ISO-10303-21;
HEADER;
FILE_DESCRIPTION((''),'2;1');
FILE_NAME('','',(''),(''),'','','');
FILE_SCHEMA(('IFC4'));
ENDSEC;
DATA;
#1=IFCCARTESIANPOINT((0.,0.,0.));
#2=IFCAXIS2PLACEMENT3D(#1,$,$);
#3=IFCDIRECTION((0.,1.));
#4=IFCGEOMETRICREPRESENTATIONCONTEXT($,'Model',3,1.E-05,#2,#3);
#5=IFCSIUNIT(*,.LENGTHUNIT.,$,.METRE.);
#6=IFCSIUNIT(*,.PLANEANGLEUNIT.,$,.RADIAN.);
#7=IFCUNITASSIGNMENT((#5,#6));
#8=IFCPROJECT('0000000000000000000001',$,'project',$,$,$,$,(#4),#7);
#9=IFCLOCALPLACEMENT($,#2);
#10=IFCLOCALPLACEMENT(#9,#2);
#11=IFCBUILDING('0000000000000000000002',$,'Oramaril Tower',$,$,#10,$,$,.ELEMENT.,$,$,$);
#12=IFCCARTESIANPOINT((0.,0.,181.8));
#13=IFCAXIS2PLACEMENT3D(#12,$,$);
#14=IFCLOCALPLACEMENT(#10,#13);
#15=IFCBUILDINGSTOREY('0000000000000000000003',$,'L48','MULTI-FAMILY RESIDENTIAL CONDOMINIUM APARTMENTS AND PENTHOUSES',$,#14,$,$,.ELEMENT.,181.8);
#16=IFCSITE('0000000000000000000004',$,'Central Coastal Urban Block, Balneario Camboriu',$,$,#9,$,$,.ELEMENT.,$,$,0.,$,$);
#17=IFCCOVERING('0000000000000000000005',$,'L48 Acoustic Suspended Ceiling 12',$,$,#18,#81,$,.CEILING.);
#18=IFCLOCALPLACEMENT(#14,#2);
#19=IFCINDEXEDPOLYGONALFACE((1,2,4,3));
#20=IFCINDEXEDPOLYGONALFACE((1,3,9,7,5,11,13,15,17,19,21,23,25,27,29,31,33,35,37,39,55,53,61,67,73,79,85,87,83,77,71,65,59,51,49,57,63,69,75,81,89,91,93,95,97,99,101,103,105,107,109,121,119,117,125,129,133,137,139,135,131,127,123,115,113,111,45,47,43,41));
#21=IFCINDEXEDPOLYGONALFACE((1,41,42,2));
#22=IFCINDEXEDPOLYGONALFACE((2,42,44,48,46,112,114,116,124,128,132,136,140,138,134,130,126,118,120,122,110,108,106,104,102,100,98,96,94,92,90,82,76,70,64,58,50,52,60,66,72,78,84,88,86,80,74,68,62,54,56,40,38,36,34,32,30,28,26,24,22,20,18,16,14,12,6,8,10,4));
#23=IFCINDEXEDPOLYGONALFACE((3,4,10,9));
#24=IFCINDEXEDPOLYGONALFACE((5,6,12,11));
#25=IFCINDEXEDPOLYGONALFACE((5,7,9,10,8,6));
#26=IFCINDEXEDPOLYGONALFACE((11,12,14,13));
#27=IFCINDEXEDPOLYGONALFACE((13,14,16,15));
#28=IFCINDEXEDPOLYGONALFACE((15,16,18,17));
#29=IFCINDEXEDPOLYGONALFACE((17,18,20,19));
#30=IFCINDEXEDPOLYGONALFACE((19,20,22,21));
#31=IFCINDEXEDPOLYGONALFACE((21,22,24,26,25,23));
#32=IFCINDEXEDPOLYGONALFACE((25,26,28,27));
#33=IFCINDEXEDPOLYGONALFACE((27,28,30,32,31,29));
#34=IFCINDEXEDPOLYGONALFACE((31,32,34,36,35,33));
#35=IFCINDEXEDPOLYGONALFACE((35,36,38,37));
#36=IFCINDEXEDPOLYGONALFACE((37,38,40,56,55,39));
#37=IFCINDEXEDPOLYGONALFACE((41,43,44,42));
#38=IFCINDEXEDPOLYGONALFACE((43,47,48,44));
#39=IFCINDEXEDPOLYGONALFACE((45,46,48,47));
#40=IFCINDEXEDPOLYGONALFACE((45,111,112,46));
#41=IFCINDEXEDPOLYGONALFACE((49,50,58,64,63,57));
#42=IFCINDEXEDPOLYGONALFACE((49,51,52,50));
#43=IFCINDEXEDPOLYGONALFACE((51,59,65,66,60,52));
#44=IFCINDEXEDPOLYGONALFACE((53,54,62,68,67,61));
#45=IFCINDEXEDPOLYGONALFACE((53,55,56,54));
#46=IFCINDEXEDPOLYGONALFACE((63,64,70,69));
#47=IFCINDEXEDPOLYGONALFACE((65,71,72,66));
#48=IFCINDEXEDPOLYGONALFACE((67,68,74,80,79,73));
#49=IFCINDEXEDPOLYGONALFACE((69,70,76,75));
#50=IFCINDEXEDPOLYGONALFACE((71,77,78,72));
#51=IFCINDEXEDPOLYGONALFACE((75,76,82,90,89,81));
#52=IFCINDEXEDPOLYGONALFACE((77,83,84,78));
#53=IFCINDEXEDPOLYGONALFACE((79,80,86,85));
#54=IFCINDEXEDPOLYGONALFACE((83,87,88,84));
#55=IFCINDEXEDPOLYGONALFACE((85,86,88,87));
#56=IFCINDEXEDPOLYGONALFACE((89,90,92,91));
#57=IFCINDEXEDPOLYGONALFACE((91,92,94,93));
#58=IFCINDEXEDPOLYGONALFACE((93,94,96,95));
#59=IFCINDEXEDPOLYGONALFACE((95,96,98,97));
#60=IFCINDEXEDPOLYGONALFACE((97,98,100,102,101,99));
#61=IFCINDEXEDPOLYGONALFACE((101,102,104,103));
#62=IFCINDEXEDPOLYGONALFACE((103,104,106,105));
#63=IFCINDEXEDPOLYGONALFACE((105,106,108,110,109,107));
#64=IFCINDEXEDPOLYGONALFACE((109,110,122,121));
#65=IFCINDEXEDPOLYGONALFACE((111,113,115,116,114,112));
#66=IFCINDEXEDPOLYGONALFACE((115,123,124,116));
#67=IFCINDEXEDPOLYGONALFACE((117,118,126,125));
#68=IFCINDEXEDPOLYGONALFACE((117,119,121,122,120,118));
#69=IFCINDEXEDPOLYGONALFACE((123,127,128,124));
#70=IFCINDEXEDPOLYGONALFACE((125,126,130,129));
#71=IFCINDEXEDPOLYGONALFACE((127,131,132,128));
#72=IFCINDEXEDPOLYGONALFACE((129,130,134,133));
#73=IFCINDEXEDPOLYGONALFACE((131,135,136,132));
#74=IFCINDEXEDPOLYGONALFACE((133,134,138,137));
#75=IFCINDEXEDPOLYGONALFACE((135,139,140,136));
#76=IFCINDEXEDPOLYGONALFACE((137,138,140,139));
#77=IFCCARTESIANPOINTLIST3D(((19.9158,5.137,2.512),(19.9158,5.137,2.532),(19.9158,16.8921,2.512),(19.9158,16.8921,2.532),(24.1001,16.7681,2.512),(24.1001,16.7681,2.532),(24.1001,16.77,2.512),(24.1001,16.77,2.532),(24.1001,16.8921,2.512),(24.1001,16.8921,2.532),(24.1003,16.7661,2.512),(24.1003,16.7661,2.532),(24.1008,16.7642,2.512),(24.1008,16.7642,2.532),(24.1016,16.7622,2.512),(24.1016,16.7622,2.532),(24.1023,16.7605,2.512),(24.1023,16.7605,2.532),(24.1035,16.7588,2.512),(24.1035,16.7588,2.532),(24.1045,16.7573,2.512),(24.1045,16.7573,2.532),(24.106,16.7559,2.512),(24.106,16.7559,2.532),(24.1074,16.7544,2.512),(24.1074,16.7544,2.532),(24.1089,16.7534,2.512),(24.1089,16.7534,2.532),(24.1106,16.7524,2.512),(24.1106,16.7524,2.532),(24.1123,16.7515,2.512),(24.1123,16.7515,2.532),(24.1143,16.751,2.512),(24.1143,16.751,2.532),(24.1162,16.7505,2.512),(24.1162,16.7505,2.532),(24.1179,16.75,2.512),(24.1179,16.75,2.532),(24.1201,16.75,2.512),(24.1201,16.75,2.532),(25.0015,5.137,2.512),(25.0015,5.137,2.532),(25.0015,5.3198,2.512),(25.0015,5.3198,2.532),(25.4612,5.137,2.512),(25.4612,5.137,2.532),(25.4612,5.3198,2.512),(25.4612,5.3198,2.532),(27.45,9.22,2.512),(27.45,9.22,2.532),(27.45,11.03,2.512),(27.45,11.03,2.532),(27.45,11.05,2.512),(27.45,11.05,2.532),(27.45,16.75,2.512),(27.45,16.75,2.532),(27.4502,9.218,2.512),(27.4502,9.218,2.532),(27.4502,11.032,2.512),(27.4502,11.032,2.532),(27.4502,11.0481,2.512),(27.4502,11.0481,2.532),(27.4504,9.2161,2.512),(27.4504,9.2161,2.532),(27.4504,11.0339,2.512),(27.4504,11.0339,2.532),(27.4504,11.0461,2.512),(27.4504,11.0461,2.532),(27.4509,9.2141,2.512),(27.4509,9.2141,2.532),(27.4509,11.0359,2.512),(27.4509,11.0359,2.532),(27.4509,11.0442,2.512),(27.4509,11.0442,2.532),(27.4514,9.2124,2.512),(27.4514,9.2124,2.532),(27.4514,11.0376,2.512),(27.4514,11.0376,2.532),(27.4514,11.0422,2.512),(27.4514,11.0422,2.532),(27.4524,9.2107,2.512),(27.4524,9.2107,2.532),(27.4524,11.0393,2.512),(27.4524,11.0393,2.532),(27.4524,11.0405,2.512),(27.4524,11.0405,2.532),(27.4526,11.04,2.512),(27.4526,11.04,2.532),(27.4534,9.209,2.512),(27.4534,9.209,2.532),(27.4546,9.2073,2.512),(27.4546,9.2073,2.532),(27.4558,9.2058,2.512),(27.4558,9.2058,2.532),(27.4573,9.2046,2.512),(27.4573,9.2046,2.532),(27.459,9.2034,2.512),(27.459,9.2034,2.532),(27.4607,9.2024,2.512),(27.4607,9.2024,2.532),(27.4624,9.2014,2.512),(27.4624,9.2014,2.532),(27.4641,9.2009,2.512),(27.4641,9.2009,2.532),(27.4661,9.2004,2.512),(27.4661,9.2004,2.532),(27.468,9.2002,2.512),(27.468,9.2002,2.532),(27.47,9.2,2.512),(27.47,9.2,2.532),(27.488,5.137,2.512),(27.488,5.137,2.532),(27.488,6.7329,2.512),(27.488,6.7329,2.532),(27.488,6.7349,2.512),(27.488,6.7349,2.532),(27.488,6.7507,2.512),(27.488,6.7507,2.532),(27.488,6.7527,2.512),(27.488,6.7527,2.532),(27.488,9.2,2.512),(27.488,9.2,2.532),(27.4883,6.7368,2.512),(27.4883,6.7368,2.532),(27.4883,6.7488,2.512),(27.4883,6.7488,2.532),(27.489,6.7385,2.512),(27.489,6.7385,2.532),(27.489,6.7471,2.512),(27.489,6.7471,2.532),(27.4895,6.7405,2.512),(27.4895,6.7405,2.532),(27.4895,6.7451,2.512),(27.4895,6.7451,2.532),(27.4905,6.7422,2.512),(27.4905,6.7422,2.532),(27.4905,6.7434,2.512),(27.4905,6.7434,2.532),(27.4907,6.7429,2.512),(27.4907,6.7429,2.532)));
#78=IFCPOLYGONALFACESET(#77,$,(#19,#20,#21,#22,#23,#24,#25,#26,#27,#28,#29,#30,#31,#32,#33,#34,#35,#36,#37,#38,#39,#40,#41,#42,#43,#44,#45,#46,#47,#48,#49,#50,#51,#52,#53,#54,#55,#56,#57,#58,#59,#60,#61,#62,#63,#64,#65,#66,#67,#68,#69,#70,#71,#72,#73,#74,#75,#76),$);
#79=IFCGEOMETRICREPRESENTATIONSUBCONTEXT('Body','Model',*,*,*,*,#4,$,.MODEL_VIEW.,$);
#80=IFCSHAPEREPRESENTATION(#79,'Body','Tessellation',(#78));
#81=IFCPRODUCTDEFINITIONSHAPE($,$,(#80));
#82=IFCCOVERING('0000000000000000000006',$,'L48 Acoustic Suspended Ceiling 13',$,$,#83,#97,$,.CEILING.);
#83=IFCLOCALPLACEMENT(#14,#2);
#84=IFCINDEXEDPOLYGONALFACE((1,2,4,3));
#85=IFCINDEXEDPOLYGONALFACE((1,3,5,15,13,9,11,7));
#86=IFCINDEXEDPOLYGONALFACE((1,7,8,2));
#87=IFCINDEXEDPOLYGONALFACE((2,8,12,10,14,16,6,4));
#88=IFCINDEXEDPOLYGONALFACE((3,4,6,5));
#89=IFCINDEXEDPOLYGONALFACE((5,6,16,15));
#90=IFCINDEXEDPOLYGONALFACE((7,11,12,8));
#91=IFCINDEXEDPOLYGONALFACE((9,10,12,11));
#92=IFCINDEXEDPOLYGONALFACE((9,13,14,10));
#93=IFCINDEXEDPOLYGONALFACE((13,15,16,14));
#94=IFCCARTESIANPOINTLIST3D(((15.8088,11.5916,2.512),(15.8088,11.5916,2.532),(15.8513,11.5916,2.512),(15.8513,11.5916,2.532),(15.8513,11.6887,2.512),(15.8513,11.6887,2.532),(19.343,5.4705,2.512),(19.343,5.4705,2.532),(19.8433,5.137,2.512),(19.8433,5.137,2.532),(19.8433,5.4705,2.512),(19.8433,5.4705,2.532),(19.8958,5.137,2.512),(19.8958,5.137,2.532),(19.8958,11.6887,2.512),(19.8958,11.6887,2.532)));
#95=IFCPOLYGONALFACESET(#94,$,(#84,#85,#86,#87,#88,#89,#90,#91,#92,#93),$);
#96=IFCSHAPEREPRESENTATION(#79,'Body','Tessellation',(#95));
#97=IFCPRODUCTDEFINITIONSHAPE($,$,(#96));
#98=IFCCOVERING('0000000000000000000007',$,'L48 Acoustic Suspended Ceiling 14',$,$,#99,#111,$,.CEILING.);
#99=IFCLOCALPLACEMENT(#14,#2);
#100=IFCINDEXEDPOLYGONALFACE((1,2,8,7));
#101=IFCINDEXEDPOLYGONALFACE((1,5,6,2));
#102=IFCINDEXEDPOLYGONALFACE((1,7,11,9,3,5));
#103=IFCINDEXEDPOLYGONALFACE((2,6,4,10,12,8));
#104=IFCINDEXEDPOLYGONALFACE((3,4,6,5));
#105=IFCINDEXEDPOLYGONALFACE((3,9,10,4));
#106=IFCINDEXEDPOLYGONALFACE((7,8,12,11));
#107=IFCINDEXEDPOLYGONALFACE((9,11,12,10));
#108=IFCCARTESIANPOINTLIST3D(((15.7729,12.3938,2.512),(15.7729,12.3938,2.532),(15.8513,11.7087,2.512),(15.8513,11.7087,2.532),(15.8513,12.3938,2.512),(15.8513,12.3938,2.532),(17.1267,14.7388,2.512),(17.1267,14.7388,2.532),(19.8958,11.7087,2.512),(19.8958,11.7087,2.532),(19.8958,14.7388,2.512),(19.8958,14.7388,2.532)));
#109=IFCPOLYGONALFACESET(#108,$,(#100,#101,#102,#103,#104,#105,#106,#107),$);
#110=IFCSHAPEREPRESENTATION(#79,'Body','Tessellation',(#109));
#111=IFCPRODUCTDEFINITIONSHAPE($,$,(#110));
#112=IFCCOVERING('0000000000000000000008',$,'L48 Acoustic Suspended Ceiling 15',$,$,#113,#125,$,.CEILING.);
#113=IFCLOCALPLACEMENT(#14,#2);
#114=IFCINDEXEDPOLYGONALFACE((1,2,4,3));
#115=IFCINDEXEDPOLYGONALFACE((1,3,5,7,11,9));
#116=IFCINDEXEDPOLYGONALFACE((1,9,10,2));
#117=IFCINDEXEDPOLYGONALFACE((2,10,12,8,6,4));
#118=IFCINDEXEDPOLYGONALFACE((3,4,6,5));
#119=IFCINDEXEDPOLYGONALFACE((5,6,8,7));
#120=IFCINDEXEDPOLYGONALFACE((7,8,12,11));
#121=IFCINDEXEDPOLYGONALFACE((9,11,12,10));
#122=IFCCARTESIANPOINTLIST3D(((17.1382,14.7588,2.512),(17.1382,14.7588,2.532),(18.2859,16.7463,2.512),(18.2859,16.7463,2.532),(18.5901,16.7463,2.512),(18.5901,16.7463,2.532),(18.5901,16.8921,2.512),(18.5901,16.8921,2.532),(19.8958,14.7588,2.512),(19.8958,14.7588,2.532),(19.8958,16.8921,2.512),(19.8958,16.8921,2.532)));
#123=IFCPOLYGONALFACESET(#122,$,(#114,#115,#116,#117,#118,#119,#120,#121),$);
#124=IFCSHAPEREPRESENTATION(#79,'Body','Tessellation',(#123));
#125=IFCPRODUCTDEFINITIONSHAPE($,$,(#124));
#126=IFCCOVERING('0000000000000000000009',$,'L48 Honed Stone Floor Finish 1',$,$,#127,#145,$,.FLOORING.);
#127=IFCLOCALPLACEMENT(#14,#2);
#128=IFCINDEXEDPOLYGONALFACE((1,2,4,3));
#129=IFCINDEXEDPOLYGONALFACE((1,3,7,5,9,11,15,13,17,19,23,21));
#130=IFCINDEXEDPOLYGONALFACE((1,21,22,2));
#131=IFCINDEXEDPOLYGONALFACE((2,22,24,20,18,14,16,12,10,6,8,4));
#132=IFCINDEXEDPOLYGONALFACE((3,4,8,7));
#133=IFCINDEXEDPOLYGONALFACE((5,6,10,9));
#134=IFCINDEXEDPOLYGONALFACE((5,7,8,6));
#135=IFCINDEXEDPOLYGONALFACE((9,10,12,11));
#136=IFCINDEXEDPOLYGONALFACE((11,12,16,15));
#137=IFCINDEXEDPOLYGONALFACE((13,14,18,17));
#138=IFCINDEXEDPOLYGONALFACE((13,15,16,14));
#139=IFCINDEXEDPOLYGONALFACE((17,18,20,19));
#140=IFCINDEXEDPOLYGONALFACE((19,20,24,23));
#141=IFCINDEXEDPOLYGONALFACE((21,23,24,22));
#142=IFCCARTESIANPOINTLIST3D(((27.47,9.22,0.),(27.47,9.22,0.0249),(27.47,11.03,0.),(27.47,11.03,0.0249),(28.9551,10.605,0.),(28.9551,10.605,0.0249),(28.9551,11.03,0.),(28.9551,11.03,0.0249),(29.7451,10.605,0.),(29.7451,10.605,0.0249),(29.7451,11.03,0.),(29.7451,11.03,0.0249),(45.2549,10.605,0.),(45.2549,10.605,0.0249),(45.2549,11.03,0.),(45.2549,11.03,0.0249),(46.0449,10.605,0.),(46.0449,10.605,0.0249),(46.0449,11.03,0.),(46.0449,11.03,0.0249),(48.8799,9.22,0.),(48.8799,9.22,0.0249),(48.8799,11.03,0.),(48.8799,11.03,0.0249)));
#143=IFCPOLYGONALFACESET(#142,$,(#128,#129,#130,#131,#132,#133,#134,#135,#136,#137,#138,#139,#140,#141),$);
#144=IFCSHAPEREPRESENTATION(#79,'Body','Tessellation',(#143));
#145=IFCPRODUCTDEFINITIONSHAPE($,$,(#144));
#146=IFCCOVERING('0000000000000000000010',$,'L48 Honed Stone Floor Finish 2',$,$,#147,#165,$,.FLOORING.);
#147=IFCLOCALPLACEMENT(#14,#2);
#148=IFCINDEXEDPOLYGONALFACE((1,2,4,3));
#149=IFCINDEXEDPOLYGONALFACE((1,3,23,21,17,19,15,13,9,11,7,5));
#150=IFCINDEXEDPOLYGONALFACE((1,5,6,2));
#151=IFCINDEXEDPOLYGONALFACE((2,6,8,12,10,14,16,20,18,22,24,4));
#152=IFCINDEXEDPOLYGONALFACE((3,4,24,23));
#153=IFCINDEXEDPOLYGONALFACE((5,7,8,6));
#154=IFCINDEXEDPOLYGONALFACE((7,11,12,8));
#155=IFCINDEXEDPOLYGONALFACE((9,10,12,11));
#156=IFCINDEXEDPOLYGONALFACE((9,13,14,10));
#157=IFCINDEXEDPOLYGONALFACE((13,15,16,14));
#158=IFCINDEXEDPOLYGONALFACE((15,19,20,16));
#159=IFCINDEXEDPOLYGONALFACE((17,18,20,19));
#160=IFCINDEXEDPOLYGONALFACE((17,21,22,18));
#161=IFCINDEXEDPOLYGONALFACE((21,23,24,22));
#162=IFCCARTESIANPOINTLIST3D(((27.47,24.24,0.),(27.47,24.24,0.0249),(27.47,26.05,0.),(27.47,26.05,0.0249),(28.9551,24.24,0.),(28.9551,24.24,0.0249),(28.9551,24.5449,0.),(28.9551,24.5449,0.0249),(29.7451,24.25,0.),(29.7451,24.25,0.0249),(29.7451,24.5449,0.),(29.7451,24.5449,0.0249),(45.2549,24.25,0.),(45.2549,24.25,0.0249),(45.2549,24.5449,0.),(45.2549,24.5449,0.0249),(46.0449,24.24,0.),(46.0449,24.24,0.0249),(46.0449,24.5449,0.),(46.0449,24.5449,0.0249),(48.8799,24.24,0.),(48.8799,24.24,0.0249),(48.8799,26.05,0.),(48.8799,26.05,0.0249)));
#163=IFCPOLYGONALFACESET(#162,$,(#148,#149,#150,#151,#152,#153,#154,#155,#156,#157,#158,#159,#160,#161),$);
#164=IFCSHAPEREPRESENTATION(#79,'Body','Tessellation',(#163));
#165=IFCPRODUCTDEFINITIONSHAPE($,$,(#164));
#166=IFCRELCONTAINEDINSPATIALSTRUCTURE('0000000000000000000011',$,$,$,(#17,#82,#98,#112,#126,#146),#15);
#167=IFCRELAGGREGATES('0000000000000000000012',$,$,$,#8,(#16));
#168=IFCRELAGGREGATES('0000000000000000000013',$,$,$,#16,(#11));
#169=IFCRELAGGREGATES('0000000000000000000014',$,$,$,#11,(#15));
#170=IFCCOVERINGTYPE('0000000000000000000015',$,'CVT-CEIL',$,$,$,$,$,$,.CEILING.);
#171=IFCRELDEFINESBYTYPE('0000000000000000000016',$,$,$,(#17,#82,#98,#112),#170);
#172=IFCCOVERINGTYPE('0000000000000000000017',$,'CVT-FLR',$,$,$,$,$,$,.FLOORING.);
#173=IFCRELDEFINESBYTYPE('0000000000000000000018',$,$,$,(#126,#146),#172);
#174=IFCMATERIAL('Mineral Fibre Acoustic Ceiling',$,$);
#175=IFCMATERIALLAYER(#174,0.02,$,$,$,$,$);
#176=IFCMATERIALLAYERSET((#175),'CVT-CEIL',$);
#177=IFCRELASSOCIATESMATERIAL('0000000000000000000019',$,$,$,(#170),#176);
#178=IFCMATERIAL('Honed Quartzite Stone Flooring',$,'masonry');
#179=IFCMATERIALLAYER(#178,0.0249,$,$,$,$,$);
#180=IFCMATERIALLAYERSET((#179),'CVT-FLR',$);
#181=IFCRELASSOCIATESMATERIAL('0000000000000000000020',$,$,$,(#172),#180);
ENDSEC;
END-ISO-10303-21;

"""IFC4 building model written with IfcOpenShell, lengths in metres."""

from ifc_helpers import new_model, si_unit, direction, frame, origin, place, context, subcontext, project, spatial, polyline, outline, extrude, material, layer, layer_set, type_object, element, save


model = new_model("IFC4")

# Units and contexts
model_context = context("Model", 3, precision=1e-05, world=origin(), true_north=direction((0.0, 1.0)))
body_context = subcontext(model_context, "Body", "Model", "MODEL_VIEW")
ifc_project = project(units=[si_unit("LENGTHUNIT", "METRE"), si_unit("PLANEANGLEUNIT", "RADIAN")], contexts=[model_context])

# Site, building, storey
site_placement = place(None, origin())
site = spatial("IfcSite", under=ifc_project, at=site_placement, Name="Central Coastal Urban Block, Balneario Camboriu", CompositionType="ELEMENT", RefElevation=0.0)
building_placement = place(site_placement, origin())
building = spatial("IfcBuilding", under=site, at=building_placement, Name="Oramaril Tower", CompositionType="ELEMENT")
storey_placement = place(building_placement, frame((0.0, 0.0, 181.8)))
storey = spatial("IfcBuildingStorey", under=building, at=storey_placement, Name="L48", Description="MULTI-FAMILY RESIDENTIAL CONDOMINIUM APARTMENTS AND PENTHOUSES", CompositionType="ELEMENT", Elevation=181.8)

# Coverings
ifc_material_1 = material(Name="Mineral Fibre Acoustic Ceiling")
ifc_layer_1 = layer(ifc_material_1, 0.02)
ifc_layer_set_1 = layer_set([ifc_layer_1], Name="CVT-CEIL")
covering_type_1 = type_object("IfcCoveringType", Name="CVT-CEIL", PredefinedType="CEILING", material=ifc_layer_set_1)
covering_1_placement = place(storey_placement, frame((0.0, 0.0, 2.512)))
element("IfcCovering", 1, at=covering_1_placement, inside=storey, type_object=covering_type_1, Name="L48 Acoustic Suspended Ceiling 12", PredefinedType="CEILING", context=body_context, shape_type="SweptSolid", body=[
    extrude(outline(polyline([(25.4612, 5.3198), (25.0015, 5.3198), (25.0015, 5.137), (19.9158, 5.137), (19.9158, 16.8921), (24.1001, 16.8921), (24.1001, 16.77), (24.1001, 16.7681), (24.1003, 16.7661), (24.1008, 16.7642), (24.1016, 16.7622), (24.1023, 16.7605), (24.1035, 16.7588), (24.1045, 16.7573), (24.106, 16.7559), (24.1074, 16.7544), (24.1089, 16.7534), (24.1106, 16.7524), (24.1123, 16.7515), (24.1143, 16.751), (24.1162, 16.7505), (24.1179, 16.75), (24.1201, 16.75), (27.45, 16.75), (27.45, 11.05), (27.4502, 11.0481), (27.4504, 11.0461), (27.4509, 11.0442), (27.4514, 11.0422), (27.4524, 11.0405), (27.4526, 11.04), (27.4524, 11.0393), (27.4514, 11.0376), (27.4509, 11.0359), (27.4504, 11.0339), (27.4502, 11.032), (27.45, 11.03), (27.45, 9.22), (27.4502, 9.218), (27.4504, 9.2161), (27.4509, 9.2141), (27.4514, 9.2124), (27.4524, 9.2107), (27.4534, 9.209), (27.4546, 9.2073), (27.4558, 9.2058), (27.4573, 9.2046), (27.459, 9.2034), (27.4607, 9.2024), (27.4624, 9.2014), (27.4641, 9.2009), (27.4661, 9.2004), (27.468, 9.2002), (27.47, 9.2), (27.488, 9.2), (27.488, 6.7527), (27.488, 6.7507), (27.4883, 6.7488), (27.489, 6.7471), (27.4895, 6.7451), (27.4905, 6.7434), (27.4907, 6.7429), (27.4905, 6.7422), (27.4895, 6.7405), (27.489, 6.7385), (27.4883, 6.7368), (27.488, 6.7349), (27.488, 6.7329), (27.488, 5.137), (25.4612, 5.137), (25.4612, 5.3198)])), origin(), (0.0, 0.0, 1.0), 0.02),
])
covering_2_placement = place(storey_placement, frame((0.0, 0.0, 2.512)))
element("IfcCovering", 2, at=covering_2_placement, inside=storey, type_object=covering_type_1, Name="L48 Acoustic Suspended Ceiling 13", PredefinedType="CEILING", context=body_context, shape_type="SweptSolid", body=[
    extrude(outline(polyline([(19.8433, 5.137), (19.8433, 5.4705), (19.343, 5.4705), (15.8088, 11.5916), (15.8513, 11.5916), (15.8513, 11.6887), (19.8958, 11.6887), (19.8958, 5.137), (19.8433, 5.137)])), origin(), (0.0, 0.0, 1.0), 0.02),
])
covering_3_placement = place(storey_placement, frame((0.0, 0.0, 2.512)))
element("IfcCovering", 3, at=covering_3_placement, inside=storey, type_object=covering_type_1, Name="L48 Acoustic Suspended Ceiling 14", PredefinedType="CEILING", context=body_context, shape_type="SweptSolid", body=[
    extrude(outline(polyline([(19.8958, 14.7388), (19.8958, 11.7087), (15.8513, 11.7087), (15.8513, 12.3938), (15.7729, 12.3938), (17.1267, 14.7388), (19.8958, 14.7388)])), origin(), (0.0, 0.0, 1.0), 0.02),
])
covering_4_placement = place(storey_placement, frame((0.0, 0.0, 2.512)))
element("IfcCovering", 4, at=covering_4_placement, inside=storey, type_object=covering_type_1, Name="L48 Acoustic Suspended Ceiling 15", PredefinedType="CEILING", context=body_context, shape_type="SweptSolid", body=[
    extrude(outline(polyline([(18.2859, 16.7463), (18.5901, 16.7463), (18.5901, 16.8921), (19.8958, 16.8921), (19.8958, 14.7588), (17.1382, 14.7588), (18.2859, 16.7463)])), origin(), (0.0, 0.0, 1.0), 0.02),
])
ifc_material_2 = material(Name="Honed Quartzite Stone Flooring", Category="masonry")
ifc_layer_2 = layer(ifc_material_2, 0.0249)
ifc_layer_set_2 = layer_set([ifc_layer_2], Name="CVT-FLR")
covering_type_2 = type_object("IfcCoveringType", Name="CVT-FLR", PredefinedType="FLOORING", material=ifc_layer_set_2)
covering_5_placement = place(storey_placement, origin())
element("IfcCovering", 5, at=covering_5_placement, inside=storey, type_object=covering_type_2, Name="L48 Honed Stone Floor Finish 1", PredefinedType="FLOORING", context=body_context, shape_type="SweptSolid", body=[
    extrude(outline(polyline([(28.9551, 10.605), (29.7451, 10.605), (29.7451, 11.03), (45.2549, 11.03), (45.2549, 10.605), (46.0449, 10.605), (46.0449, 11.03), (48.8799, 11.03), (48.8799, 9.22), (27.47, 9.22), (27.47, 11.03), (28.9551, 11.03), (28.9551, 10.605)])), origin(), (0.0, 0.0, 1.0), 0.0249),
])
covering_6_placement = place(storey_placement, origin())
element("IfcCovering", 6, at=covering_6_placement, inside=storey, type_object=covering_type_2, Name="L48 Honed Stone Floor Finish 2", PredefinedType="FLOORING", context=body_context, shape_type="SweptSolid", body=[
    extrude(outline(polyline([(48.8799, 24.24), (46.0449, 24.24), (46.0449, 24.5449), (45.2549, 24.5449), (45.2549, 24.25), (29.7451, 24.25), (29.7451, 24.5449), (28.9551, 24.5449), (28.9551, 24.24), (27.47, 24.24), (27.47, 26.05), (48.8799, 26.05), (48.8799, 24.24)])), origin(), (0.0, 0.0, 1.0), 0.0249),
])

save(model, "model.ifc")
